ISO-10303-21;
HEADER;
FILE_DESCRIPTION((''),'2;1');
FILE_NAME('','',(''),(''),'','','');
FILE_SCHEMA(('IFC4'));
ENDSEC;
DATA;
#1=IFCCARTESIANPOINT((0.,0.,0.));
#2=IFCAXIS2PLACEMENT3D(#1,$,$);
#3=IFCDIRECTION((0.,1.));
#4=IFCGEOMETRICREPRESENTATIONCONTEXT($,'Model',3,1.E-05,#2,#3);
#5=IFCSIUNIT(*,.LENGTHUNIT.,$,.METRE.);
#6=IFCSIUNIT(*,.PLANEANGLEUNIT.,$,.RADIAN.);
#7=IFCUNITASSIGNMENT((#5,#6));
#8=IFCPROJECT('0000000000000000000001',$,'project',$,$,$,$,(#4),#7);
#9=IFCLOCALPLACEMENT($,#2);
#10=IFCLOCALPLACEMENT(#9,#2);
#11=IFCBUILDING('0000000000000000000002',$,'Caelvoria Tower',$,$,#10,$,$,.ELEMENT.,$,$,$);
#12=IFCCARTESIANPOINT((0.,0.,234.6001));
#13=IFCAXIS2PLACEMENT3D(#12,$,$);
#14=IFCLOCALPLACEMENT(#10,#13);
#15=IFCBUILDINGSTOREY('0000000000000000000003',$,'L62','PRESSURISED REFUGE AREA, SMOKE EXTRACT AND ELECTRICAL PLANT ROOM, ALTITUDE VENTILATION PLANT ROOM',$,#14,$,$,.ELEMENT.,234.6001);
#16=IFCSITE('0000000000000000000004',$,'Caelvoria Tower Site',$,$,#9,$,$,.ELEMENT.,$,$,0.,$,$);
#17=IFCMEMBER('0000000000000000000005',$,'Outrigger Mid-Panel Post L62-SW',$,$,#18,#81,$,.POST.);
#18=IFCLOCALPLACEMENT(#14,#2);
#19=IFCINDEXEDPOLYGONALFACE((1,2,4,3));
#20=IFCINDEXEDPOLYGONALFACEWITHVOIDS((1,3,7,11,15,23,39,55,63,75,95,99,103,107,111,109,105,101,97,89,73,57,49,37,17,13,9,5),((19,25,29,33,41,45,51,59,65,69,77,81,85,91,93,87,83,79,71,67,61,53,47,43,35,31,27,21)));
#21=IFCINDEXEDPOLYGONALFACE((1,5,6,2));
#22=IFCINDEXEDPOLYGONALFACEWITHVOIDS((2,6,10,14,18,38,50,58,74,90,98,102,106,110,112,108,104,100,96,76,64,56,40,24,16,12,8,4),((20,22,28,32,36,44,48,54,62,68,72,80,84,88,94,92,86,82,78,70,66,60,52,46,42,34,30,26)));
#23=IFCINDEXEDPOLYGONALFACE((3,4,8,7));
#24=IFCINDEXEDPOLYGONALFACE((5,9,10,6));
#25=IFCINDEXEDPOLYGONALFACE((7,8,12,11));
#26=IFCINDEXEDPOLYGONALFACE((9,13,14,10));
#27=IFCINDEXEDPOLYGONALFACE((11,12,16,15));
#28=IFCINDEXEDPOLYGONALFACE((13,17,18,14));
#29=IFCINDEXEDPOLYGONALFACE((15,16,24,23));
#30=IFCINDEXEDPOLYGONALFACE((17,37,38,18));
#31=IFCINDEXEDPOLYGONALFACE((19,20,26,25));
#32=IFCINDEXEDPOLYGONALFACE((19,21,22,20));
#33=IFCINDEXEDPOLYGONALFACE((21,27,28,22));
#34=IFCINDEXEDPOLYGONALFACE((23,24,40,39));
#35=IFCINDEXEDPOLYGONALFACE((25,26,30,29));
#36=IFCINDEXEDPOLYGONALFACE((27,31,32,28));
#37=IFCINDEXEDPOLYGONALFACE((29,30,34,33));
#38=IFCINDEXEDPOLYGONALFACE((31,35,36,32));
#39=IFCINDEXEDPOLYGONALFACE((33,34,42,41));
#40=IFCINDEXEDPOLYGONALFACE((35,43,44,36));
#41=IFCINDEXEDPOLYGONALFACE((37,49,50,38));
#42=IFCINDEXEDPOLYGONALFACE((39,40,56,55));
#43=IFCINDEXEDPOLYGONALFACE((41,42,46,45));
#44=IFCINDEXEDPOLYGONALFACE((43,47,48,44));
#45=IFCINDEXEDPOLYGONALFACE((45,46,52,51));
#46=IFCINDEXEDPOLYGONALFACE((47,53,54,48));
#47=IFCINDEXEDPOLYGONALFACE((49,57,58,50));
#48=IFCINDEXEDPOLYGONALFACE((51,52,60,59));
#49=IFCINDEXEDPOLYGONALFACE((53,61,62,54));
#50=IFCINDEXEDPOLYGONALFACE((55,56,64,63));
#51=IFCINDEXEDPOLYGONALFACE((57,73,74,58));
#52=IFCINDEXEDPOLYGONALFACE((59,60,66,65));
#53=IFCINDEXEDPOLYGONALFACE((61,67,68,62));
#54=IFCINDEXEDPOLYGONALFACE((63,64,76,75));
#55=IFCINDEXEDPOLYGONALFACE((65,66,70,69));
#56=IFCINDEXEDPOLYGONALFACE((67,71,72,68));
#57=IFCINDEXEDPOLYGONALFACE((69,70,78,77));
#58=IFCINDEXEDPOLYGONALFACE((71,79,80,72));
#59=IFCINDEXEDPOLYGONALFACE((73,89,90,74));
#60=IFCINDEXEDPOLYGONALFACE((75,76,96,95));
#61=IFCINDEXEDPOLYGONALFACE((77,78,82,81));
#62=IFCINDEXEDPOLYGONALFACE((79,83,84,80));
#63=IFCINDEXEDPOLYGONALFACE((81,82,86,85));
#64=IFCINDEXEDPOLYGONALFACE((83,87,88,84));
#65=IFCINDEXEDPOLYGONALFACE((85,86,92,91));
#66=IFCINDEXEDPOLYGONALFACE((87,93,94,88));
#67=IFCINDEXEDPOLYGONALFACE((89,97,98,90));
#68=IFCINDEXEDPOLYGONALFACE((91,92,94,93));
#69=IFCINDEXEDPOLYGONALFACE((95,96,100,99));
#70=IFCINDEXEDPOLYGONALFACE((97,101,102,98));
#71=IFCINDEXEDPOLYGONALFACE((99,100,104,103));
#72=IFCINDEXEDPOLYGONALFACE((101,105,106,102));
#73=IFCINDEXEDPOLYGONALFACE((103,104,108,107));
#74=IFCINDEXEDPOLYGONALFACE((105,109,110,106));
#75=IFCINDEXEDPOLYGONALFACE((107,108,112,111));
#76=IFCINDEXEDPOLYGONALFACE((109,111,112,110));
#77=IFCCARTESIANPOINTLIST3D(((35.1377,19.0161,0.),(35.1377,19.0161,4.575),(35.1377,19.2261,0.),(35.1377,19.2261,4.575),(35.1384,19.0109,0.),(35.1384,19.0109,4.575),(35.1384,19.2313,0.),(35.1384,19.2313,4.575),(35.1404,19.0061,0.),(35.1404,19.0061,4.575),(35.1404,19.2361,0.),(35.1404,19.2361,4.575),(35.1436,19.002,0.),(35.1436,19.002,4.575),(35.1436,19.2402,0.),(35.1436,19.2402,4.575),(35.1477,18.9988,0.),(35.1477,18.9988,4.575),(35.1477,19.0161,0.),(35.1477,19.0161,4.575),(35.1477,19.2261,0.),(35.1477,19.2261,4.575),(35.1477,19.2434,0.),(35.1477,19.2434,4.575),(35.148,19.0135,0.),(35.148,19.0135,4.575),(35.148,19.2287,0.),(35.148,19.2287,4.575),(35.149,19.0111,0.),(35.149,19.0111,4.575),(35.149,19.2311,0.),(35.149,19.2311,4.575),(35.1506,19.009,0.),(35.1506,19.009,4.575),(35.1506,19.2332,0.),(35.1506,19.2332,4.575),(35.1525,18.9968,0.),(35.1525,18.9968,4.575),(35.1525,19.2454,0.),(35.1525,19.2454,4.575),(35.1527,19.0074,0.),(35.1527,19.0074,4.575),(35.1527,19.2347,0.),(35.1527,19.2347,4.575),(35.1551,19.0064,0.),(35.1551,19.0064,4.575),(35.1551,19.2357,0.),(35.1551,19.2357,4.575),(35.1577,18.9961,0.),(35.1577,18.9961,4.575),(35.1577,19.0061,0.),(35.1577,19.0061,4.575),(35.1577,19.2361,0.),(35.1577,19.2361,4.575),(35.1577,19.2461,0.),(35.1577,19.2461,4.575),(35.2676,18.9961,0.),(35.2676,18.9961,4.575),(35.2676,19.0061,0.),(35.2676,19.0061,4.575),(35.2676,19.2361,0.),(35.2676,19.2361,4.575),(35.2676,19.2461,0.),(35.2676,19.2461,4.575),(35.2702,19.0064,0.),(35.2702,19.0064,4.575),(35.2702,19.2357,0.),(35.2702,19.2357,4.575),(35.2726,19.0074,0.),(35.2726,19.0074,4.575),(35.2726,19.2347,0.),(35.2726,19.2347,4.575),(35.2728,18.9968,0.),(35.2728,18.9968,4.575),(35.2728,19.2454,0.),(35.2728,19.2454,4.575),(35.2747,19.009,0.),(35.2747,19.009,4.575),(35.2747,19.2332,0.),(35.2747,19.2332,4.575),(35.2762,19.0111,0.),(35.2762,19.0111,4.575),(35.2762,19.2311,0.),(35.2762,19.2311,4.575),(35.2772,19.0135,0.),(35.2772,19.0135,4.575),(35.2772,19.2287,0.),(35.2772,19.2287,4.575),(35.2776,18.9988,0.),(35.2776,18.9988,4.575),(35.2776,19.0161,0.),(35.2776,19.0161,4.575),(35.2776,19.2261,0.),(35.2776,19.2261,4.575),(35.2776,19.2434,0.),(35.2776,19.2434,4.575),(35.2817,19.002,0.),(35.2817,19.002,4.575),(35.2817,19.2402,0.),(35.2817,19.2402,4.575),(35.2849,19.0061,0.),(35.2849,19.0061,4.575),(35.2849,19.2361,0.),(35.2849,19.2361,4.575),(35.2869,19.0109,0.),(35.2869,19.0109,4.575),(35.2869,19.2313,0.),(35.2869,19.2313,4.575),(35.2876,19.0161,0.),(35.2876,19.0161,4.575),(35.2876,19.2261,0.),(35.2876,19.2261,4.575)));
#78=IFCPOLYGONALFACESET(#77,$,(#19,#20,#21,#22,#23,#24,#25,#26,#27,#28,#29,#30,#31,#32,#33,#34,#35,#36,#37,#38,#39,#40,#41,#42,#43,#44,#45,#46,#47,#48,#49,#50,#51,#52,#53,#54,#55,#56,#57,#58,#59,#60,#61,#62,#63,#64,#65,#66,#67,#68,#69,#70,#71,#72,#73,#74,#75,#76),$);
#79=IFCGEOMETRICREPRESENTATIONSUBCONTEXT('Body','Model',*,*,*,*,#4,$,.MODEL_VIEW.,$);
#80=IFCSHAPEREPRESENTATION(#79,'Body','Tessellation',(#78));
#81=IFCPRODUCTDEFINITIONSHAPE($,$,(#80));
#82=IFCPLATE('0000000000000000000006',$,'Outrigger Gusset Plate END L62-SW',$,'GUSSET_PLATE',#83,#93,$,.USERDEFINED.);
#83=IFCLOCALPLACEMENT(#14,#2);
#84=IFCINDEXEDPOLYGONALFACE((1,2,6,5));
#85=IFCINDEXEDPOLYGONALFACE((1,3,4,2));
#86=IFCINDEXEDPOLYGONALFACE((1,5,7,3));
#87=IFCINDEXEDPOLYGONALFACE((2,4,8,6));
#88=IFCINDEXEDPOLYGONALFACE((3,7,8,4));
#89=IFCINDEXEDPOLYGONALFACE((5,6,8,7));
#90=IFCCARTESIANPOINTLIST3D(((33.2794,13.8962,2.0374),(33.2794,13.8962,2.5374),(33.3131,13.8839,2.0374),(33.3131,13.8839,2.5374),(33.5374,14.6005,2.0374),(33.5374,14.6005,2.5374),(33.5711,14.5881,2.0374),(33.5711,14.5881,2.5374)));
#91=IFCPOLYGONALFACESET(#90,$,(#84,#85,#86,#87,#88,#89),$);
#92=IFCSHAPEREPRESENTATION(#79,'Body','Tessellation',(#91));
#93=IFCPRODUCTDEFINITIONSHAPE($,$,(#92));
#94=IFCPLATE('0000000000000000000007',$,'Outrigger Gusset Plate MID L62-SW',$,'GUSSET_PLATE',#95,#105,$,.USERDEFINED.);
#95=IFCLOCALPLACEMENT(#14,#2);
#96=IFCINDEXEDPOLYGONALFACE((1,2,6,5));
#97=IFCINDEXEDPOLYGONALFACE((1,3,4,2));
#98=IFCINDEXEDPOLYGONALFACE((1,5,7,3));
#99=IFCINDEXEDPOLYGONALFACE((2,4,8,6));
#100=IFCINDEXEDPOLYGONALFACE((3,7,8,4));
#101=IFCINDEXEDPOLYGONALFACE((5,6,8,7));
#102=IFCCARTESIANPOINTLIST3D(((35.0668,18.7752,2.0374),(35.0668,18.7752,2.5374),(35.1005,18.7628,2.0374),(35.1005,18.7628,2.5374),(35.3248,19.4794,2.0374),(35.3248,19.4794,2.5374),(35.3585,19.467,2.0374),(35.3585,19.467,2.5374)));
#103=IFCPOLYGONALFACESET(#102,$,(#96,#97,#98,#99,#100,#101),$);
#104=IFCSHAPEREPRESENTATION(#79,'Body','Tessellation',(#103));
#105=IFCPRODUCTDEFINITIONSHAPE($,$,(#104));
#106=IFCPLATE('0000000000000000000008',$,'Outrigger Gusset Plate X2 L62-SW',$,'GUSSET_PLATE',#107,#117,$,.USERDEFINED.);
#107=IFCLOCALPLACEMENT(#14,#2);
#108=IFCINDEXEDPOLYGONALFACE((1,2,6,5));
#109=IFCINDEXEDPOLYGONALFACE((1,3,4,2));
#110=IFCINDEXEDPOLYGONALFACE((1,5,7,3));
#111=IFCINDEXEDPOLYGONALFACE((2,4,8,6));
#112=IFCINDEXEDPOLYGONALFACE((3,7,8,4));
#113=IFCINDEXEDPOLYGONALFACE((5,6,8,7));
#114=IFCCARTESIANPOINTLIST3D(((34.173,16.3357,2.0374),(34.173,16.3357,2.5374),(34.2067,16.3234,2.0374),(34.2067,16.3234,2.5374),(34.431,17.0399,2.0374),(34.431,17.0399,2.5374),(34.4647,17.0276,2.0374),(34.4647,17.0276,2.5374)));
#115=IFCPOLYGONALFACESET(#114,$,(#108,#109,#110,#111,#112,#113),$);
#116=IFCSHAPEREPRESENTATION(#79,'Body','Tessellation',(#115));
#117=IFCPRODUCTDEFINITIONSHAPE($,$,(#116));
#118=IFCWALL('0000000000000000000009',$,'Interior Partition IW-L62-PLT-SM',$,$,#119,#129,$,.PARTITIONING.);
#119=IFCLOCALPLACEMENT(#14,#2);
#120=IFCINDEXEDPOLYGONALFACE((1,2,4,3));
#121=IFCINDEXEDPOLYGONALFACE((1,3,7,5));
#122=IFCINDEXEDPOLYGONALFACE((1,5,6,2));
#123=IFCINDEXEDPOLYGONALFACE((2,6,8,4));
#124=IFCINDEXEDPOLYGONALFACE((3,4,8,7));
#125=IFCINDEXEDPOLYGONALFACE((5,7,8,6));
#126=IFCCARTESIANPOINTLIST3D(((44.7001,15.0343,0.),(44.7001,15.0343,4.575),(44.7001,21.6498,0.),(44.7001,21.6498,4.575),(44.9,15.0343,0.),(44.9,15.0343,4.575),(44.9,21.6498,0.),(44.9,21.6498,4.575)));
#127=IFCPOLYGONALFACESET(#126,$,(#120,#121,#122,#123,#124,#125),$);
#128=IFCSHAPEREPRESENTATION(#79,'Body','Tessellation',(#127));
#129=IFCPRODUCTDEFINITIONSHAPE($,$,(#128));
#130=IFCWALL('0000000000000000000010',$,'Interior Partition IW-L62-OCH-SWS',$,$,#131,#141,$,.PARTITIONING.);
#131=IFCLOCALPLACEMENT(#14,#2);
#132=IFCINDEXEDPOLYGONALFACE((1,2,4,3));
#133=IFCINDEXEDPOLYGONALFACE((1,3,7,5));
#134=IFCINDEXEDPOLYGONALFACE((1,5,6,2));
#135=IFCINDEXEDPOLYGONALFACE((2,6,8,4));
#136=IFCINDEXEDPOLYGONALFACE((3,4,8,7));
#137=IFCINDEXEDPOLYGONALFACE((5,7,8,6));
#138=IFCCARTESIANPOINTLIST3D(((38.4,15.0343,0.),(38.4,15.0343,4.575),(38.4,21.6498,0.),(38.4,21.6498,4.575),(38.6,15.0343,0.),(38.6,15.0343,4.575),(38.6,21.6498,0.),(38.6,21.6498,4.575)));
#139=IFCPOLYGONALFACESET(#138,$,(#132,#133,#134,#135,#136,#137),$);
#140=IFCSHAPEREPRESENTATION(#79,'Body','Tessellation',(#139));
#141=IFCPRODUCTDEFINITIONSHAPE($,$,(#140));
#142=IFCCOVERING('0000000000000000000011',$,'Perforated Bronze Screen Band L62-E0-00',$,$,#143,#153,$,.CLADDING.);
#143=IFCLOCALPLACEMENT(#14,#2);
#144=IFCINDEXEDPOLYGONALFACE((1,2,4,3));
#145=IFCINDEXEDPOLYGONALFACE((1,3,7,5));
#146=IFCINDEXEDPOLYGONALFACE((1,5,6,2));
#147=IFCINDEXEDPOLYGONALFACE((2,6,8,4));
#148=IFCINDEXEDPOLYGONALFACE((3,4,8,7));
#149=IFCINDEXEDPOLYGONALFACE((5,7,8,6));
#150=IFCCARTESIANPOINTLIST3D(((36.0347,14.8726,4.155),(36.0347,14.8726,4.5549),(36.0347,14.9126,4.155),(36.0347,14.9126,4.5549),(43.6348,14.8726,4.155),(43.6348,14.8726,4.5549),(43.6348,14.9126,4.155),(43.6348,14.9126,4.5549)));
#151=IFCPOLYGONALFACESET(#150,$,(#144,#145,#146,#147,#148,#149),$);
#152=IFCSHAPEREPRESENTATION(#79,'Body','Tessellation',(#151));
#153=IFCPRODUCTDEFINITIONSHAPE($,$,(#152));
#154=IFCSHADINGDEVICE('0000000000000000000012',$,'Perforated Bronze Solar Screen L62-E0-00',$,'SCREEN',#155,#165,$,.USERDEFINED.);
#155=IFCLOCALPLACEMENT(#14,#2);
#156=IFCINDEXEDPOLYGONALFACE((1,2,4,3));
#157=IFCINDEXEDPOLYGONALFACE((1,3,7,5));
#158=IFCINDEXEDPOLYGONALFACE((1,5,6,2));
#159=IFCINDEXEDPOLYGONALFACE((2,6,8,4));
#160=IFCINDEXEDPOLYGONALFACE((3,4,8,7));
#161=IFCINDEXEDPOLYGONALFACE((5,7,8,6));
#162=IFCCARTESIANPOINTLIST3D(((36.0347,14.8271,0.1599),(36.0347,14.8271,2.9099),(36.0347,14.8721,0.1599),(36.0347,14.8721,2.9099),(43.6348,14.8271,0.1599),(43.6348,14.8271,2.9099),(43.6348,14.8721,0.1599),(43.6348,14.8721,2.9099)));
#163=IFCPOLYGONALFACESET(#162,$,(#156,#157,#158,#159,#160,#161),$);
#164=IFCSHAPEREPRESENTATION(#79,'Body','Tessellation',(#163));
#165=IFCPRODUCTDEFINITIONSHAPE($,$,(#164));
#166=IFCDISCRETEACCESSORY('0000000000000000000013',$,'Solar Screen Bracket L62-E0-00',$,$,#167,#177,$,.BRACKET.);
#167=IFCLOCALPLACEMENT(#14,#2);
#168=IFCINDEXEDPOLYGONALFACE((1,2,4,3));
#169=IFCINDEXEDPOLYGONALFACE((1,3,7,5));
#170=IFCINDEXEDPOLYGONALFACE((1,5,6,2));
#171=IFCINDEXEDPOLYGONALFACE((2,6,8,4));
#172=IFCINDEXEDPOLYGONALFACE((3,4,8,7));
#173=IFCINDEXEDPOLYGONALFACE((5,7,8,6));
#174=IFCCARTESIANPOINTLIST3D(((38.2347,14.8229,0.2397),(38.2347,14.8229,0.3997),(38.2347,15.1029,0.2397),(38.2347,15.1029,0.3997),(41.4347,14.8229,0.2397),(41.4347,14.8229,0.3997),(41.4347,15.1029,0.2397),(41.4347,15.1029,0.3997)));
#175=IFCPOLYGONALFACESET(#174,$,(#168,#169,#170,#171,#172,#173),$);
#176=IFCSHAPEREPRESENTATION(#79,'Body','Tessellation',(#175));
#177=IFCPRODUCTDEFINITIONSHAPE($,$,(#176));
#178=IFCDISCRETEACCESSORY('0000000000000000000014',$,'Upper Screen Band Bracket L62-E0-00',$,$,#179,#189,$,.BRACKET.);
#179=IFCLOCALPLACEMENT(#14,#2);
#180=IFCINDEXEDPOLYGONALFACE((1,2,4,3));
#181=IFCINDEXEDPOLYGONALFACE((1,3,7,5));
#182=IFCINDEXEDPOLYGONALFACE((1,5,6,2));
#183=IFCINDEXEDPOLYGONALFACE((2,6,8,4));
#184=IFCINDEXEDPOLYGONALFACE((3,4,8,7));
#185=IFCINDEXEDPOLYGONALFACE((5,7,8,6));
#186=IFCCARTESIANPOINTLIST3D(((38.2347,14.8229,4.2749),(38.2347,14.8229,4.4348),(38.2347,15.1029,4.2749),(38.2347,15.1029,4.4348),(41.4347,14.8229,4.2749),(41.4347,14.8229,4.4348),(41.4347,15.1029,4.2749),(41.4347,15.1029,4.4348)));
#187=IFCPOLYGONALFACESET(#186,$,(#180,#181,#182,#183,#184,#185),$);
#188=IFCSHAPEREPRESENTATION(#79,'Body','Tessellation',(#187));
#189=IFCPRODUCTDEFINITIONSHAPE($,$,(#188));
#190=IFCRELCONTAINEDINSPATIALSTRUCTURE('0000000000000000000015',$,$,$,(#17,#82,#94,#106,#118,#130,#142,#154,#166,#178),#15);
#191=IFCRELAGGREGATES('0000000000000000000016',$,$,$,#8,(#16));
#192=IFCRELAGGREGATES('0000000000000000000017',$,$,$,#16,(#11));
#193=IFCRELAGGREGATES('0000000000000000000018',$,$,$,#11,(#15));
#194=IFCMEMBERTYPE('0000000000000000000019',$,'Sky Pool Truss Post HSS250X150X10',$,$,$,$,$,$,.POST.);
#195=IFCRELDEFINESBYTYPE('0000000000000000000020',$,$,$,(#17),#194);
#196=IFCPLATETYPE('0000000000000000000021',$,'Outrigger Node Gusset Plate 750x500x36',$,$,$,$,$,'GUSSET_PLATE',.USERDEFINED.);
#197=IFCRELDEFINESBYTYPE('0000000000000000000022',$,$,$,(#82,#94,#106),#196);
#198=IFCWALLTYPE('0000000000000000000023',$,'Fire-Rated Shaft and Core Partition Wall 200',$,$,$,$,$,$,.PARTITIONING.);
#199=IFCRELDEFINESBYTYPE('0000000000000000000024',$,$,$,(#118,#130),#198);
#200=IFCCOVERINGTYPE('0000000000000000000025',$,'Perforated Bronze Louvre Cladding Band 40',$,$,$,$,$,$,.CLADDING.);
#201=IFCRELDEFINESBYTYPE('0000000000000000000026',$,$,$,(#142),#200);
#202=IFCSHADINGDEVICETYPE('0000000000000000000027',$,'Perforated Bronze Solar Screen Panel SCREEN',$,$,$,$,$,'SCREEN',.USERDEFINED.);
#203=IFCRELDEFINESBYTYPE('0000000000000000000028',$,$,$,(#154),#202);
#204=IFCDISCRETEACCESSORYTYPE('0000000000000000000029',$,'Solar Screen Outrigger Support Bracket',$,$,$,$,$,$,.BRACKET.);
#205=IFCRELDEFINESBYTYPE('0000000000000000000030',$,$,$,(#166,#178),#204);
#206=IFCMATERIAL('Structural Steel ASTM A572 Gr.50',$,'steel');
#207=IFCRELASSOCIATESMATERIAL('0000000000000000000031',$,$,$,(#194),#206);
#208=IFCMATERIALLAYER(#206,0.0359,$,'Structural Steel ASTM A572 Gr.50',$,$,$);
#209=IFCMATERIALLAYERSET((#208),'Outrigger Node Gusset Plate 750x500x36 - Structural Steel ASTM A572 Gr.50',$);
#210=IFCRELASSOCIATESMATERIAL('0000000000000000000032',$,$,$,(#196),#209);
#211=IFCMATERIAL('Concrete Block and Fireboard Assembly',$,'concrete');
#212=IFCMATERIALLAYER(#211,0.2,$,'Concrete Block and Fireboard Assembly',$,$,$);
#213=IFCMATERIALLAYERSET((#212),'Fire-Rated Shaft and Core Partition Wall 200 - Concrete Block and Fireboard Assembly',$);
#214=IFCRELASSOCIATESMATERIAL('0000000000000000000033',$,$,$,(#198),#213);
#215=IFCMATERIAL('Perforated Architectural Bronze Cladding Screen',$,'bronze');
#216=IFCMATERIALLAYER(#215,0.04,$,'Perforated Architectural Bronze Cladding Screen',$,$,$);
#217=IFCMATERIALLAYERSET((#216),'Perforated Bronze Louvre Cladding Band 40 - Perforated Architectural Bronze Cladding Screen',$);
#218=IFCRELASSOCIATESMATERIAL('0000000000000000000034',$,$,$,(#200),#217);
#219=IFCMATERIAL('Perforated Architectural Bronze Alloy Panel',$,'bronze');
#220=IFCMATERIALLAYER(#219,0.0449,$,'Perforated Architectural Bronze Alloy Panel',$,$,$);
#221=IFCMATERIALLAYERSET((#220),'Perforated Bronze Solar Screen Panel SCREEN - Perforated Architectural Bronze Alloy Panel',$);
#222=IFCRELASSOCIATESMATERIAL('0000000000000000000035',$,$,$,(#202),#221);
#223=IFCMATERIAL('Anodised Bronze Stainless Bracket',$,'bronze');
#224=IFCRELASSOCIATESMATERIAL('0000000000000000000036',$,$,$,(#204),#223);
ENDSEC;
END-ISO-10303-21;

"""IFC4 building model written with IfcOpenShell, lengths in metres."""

from ifc_helpers import new_model, si_unit, direction, frame, frame_2d, origin, origin_2d, place, context, subcontext, project, spatial, rectangle, hollow_rectangle, extrude, material, layer, layer_set, material_profile, profile_set, type_object, element, save


model = new_model("IFC4")

# Units and contexts
model_context = context("Model", 3, precision=1e-05, world=origin(), true_north=direction((0.0, 1.0)))
body_context = subcontext(model_context, "Body", "Model", "MODEL_VIEW")
ifc_project = project(units=[si_unit("LENGTHUNIT", "METRE"), si_unit("PLANEANGLEUNIT", "RADIAN")], contexts=[model_context])

# Site, building, storey
site_placement = place(None, origin())
site = spatial("IfcSite", under=ifc_project, at=site_placement, Name="Caelvoria Tower Site", CompositionType="ELEMENT", RefElevation=0.0)
building_placement = place(site_placement, origin())
building = spatial("IfcBuilding", under=site, at=building_placement, Name="Caelvoria Tower", CompositionType="ELEMENT")
storey_placement = place(building_placement, frame((0.0, 0.0, 234.6001)))
storey = spatial("IfcBuildingStorey", under=building, at=storey_placement, Name="L62", Description="PRESSURISED REFUGE AREA, SMOKE EXTRACT AND ELECTRICAL PLANT ROOM, ALTITUDE VENTILATION PLANT ROOM", CompositionType="ELEMENT", Elevation=234.6001)

# Shared definitions
ifc_material_1 = material(Name="Structural Steel ASTM A572 Gr.50", Category="steel")

# Member
ifc_material_profile_1 = material_profile(ifc_material_1, hollow_rectangle(XDim=0.1499, YDim=0.25, WallThickness=0.01, InnerFilletRadius=0.01, OuterFilletRadius=0.02, at=origin_2d()), Name="Structural Steel ASTM A572 Gr.50")
ifc_profile_set_1 = profile_set([ifc_material_profile_1], Name="HSS250X150X10 - Structural Steel ASTM A572 Gr.50")
member_type_1 = type_object("IfcMemberType", Name="Sky Pool Truss Post HSS250X150X10", PredefinedType="POST", material=ifc_profile_set_1)
member_1_placement = place(storey_placement, frame((35.2126, 19.1211, 0.0), z_axis=(0.0, 0.0, 1.0), x_axis=(1.0, 0.0, 0.0)))
element("IfcMember", 1, at=member_1_placement, inside=storey, type_object=member_type_1, Name="Outrigger Mid-Panel Post L62-SW", PredefinedType="POST", context=body_context, shape_type="SweptSolid", body=[
    extrude(hollow_rectangle(XDim=0.1499, YDim=0.25, WallThickness=0.01, InnerFilletRadius=0.01, OuterFilletRadius=0.02, at=origin_2d()), origin(), (0.0, 0.0, 1.0), 4.575),
])

# Plates
ifc_layer_1 = layer(ifc_material_1, 0.0359, Name="Structural Steel ASTM A572 Gr.50")
ifc_layer_set_1 = layer_set([ifc_layer_1], Name="Outrigger Node Gusset Plate 750x500x36 - Structural Steel ASTM A572 Gr.50")
plate_type = type_object("IfcPlateType", Name="Outrigger Node Gusset Plate 750x500x36", ElementType="GUSSET_PLATE", PredefinedType="USERDEFINED", material=ifc_layer_set_1)
for number, where, z_axis, x_axis, name in (
    (2, (33.4253, 14.2422, 2.0374), (0.0, 0.0, 1.0), (-0.343992, -0.938972, 0.0), "Outrigger Gusset Plate END L62-SW"),
    (3, (35.2126, 19.1211, 2.0374), (0.0, 0.0, 1.0), (-0.343992, -0.938972, 0.0), "Outrigger Gusset Plate MID L62-SW"),
    (4, (34.3188, 16.6816, 2.0374), (0.0, 0.0, 1.0), (-0.343992, -0.938972, 0.0), "Outrigger Gusset Plate X2 L62-SW"),
):
    element("IfcPlate", number, at=place(storey_placement, frame(where, z_axis=z_axis, x_axis=x_axis)), inside=storey, type_object=plate_type, Name=name, ObjectType="GUSSET_PLATE", PredefinedType="USERDEFINED", context=body_context, shape_type="SweptSolid", body=[
        extrude(rectangle(XDim=0.75, YDim=0.0359, at=origin_2d()), origin(), (0.0, 0.0, 1.0), 0.5),
    ])

# Walls
ifc_material_2 = material(Name="Concrete Block and Fireboard Assembly", Category="concrete")
ifc_layer_2 = layer(ifc_material_2, 0.2, Name="Concrete Block and Fireboard Assembly")
ifc_layer_set_2 = layer_set([ifc_layer_2], Name="Fire-Rated Shaft and Core Partition Wall 200 - Concrete Block and Fireboard Assembly")
wall_type = type_object("IfcWallType", Name="Fire-Rated Shaft and Core Partition Wall 200", PredefinedType="PARTITIONING", material=ifc_layer_set_2)
for number, where, z_axis, x_axis, name in (
    (5, (44.8, 15.0344, 0.0), (0.0, 0.0, 1.0), (0.0, 1.0, 0.0), "Interior Partition IW-L62-PLT-SM"),
    (6, (38.5, 15.0344, 0.0), (0.0, 0.0, 1.0), (0.0, 1.0, 0.0), "Interior Partition IW-L62-OCH-SWS"),
):
    element("IfcWall", number, at=place(storey_placement, frame(where, z_axis=z_axis, x_axis=x_axis)), inside=storey, type_object=wall_type, Name=name, PredefinedType="PARTITIONING", context=body_context, shape_type="SweptSolid", body=[
        extrude(rectangle(XDim=6.6155, YDim=0.2, at=frame_2d((3.3076, 0.0))), origin(), (0.0, 0.0, 1.0), 4.575),
    ])

# Covering
ifc_material_3 = material(Name="Perforated Architectural Bronze Cladding Screen", Category="bronze")
ifc_layer_3 = layer(ifc_material_3, 0.04, Name="Perforated Architectural Bronze Cladding Screen")
ifc_layer_set_3 = layer_set([ifc_layer_3], Name="Perforated Bronze Louvre Cladding Band 40 - Perforated Architectural Bronze Cladding Screen")
covering_type = type_object("IfcCoveringType", Name="Perforated Bronze Louvre Cladding Band 40", PredefinedType="CLADDING", material=ifc_layer_set_3)
covering_placement = place(storey_placement, frame((39.8347, 14.8926, 4.155), z_axis=(0.0, 0.0, 1.0), x_axis=(1.0, 0.0, 0.0)))
element("IfcCovering", 7, at=covering_placement, inside=storey, type_object=covering_type, Name="Perforated Bronze Screen Band L62-E0-00", PredefinedType="CLADDING", context=body_context, shape_type="SweptSolid", body=[
    extrude(rectangle(XDim=7.6001, YDim=0.04, at=origin_2d()), origin(), (0.0, 0.0, 1.0), 0.3999),
])

# Shading device
ifc_material_4 = material(Name="Perforated Architectural Bronze Alloy Panel", Category="bronze")
ifc_layer_4 = layer(ifc_material_4, 0.0449, Name="Perforated Architectural Bronze Alloy Panel")
ifc_layer_set_4 = layer_set([ifc_layer_4], Name="Perforated Bronze Solar Screen Panel SCREEN - Perforated Architectural Bronze Alloy Panel")
shading_device_type = type_object("IfcShadingDeviceType", Name="Perforated Bronze Solar Screen Panel SCREEN", ElementType="SCREEN", PredefinedType="USERDEFINED", material=ifc_layer_set_4)
shading_device_placement = place(storey_placement, frame((39.8347, 14.8496, 0.1599), z_axis=(0.0, 0.0, 1.0), x_axis=(1.0, 0.0, 0.0)))
element("IfcShadingDevice", 8, at=shading_device_placement, inside=storey, type_object=shading_device_type, Name="Perforated Bronze Solar Screen L62-E0-00", ObjectType="SCREEN", PredefinedType="USERDEFINED", context=body_context, shape_type="SweptSolid", body=[
    extrude(rectangle(XDim=7.6001, YDim=0.0449, at=origin_2d()), origin(), (0.0, 0.0, 1.0), 2.75),
])

# Discrete accessories
ifc_material_5 = material(Name="Anodised Bronze Stainless Bracket", Category="bronze")
discrete_accessory_type = type_object("IfcDiscreteAccessoryType", Name="Solar Screen Outrigger Support Bracket", PredefinedType="BRACKET", material=ifc_material_5)
for number, where, z_axis, x_axis, name in (
    (9, (39.8347, 14.9629, 0.2397), (0.0, 0.0, 1.0), (1.0, 0.0, 0.0), "Solar Screen Bracket L62-E0-00"),
    (10, (39.8347, 14.9629, 4.2749), (0.0, 0.0, 1.0), (1.0, 0.0, 0.0), "Upper Screen Band Bracket L62-E0-00"),
):
    element("IfcDiscreteAccessory", number, at=place(storey_placement, frame(where, z_axis=z_axis, x_axis=x_axis)), inside=storey, type_object=discrete_accessory_type, Name=name, PredefinedType="BRACKET", context=body_context, shape_type="SweptSolid", body=[
        extrude(rectangle(XDim=3.2, YDim=0.28, at=origin_2d()), origin(), (0.0, 0.0, 1.0), 0.1599),
    ])

save(model, "model.ifc")
